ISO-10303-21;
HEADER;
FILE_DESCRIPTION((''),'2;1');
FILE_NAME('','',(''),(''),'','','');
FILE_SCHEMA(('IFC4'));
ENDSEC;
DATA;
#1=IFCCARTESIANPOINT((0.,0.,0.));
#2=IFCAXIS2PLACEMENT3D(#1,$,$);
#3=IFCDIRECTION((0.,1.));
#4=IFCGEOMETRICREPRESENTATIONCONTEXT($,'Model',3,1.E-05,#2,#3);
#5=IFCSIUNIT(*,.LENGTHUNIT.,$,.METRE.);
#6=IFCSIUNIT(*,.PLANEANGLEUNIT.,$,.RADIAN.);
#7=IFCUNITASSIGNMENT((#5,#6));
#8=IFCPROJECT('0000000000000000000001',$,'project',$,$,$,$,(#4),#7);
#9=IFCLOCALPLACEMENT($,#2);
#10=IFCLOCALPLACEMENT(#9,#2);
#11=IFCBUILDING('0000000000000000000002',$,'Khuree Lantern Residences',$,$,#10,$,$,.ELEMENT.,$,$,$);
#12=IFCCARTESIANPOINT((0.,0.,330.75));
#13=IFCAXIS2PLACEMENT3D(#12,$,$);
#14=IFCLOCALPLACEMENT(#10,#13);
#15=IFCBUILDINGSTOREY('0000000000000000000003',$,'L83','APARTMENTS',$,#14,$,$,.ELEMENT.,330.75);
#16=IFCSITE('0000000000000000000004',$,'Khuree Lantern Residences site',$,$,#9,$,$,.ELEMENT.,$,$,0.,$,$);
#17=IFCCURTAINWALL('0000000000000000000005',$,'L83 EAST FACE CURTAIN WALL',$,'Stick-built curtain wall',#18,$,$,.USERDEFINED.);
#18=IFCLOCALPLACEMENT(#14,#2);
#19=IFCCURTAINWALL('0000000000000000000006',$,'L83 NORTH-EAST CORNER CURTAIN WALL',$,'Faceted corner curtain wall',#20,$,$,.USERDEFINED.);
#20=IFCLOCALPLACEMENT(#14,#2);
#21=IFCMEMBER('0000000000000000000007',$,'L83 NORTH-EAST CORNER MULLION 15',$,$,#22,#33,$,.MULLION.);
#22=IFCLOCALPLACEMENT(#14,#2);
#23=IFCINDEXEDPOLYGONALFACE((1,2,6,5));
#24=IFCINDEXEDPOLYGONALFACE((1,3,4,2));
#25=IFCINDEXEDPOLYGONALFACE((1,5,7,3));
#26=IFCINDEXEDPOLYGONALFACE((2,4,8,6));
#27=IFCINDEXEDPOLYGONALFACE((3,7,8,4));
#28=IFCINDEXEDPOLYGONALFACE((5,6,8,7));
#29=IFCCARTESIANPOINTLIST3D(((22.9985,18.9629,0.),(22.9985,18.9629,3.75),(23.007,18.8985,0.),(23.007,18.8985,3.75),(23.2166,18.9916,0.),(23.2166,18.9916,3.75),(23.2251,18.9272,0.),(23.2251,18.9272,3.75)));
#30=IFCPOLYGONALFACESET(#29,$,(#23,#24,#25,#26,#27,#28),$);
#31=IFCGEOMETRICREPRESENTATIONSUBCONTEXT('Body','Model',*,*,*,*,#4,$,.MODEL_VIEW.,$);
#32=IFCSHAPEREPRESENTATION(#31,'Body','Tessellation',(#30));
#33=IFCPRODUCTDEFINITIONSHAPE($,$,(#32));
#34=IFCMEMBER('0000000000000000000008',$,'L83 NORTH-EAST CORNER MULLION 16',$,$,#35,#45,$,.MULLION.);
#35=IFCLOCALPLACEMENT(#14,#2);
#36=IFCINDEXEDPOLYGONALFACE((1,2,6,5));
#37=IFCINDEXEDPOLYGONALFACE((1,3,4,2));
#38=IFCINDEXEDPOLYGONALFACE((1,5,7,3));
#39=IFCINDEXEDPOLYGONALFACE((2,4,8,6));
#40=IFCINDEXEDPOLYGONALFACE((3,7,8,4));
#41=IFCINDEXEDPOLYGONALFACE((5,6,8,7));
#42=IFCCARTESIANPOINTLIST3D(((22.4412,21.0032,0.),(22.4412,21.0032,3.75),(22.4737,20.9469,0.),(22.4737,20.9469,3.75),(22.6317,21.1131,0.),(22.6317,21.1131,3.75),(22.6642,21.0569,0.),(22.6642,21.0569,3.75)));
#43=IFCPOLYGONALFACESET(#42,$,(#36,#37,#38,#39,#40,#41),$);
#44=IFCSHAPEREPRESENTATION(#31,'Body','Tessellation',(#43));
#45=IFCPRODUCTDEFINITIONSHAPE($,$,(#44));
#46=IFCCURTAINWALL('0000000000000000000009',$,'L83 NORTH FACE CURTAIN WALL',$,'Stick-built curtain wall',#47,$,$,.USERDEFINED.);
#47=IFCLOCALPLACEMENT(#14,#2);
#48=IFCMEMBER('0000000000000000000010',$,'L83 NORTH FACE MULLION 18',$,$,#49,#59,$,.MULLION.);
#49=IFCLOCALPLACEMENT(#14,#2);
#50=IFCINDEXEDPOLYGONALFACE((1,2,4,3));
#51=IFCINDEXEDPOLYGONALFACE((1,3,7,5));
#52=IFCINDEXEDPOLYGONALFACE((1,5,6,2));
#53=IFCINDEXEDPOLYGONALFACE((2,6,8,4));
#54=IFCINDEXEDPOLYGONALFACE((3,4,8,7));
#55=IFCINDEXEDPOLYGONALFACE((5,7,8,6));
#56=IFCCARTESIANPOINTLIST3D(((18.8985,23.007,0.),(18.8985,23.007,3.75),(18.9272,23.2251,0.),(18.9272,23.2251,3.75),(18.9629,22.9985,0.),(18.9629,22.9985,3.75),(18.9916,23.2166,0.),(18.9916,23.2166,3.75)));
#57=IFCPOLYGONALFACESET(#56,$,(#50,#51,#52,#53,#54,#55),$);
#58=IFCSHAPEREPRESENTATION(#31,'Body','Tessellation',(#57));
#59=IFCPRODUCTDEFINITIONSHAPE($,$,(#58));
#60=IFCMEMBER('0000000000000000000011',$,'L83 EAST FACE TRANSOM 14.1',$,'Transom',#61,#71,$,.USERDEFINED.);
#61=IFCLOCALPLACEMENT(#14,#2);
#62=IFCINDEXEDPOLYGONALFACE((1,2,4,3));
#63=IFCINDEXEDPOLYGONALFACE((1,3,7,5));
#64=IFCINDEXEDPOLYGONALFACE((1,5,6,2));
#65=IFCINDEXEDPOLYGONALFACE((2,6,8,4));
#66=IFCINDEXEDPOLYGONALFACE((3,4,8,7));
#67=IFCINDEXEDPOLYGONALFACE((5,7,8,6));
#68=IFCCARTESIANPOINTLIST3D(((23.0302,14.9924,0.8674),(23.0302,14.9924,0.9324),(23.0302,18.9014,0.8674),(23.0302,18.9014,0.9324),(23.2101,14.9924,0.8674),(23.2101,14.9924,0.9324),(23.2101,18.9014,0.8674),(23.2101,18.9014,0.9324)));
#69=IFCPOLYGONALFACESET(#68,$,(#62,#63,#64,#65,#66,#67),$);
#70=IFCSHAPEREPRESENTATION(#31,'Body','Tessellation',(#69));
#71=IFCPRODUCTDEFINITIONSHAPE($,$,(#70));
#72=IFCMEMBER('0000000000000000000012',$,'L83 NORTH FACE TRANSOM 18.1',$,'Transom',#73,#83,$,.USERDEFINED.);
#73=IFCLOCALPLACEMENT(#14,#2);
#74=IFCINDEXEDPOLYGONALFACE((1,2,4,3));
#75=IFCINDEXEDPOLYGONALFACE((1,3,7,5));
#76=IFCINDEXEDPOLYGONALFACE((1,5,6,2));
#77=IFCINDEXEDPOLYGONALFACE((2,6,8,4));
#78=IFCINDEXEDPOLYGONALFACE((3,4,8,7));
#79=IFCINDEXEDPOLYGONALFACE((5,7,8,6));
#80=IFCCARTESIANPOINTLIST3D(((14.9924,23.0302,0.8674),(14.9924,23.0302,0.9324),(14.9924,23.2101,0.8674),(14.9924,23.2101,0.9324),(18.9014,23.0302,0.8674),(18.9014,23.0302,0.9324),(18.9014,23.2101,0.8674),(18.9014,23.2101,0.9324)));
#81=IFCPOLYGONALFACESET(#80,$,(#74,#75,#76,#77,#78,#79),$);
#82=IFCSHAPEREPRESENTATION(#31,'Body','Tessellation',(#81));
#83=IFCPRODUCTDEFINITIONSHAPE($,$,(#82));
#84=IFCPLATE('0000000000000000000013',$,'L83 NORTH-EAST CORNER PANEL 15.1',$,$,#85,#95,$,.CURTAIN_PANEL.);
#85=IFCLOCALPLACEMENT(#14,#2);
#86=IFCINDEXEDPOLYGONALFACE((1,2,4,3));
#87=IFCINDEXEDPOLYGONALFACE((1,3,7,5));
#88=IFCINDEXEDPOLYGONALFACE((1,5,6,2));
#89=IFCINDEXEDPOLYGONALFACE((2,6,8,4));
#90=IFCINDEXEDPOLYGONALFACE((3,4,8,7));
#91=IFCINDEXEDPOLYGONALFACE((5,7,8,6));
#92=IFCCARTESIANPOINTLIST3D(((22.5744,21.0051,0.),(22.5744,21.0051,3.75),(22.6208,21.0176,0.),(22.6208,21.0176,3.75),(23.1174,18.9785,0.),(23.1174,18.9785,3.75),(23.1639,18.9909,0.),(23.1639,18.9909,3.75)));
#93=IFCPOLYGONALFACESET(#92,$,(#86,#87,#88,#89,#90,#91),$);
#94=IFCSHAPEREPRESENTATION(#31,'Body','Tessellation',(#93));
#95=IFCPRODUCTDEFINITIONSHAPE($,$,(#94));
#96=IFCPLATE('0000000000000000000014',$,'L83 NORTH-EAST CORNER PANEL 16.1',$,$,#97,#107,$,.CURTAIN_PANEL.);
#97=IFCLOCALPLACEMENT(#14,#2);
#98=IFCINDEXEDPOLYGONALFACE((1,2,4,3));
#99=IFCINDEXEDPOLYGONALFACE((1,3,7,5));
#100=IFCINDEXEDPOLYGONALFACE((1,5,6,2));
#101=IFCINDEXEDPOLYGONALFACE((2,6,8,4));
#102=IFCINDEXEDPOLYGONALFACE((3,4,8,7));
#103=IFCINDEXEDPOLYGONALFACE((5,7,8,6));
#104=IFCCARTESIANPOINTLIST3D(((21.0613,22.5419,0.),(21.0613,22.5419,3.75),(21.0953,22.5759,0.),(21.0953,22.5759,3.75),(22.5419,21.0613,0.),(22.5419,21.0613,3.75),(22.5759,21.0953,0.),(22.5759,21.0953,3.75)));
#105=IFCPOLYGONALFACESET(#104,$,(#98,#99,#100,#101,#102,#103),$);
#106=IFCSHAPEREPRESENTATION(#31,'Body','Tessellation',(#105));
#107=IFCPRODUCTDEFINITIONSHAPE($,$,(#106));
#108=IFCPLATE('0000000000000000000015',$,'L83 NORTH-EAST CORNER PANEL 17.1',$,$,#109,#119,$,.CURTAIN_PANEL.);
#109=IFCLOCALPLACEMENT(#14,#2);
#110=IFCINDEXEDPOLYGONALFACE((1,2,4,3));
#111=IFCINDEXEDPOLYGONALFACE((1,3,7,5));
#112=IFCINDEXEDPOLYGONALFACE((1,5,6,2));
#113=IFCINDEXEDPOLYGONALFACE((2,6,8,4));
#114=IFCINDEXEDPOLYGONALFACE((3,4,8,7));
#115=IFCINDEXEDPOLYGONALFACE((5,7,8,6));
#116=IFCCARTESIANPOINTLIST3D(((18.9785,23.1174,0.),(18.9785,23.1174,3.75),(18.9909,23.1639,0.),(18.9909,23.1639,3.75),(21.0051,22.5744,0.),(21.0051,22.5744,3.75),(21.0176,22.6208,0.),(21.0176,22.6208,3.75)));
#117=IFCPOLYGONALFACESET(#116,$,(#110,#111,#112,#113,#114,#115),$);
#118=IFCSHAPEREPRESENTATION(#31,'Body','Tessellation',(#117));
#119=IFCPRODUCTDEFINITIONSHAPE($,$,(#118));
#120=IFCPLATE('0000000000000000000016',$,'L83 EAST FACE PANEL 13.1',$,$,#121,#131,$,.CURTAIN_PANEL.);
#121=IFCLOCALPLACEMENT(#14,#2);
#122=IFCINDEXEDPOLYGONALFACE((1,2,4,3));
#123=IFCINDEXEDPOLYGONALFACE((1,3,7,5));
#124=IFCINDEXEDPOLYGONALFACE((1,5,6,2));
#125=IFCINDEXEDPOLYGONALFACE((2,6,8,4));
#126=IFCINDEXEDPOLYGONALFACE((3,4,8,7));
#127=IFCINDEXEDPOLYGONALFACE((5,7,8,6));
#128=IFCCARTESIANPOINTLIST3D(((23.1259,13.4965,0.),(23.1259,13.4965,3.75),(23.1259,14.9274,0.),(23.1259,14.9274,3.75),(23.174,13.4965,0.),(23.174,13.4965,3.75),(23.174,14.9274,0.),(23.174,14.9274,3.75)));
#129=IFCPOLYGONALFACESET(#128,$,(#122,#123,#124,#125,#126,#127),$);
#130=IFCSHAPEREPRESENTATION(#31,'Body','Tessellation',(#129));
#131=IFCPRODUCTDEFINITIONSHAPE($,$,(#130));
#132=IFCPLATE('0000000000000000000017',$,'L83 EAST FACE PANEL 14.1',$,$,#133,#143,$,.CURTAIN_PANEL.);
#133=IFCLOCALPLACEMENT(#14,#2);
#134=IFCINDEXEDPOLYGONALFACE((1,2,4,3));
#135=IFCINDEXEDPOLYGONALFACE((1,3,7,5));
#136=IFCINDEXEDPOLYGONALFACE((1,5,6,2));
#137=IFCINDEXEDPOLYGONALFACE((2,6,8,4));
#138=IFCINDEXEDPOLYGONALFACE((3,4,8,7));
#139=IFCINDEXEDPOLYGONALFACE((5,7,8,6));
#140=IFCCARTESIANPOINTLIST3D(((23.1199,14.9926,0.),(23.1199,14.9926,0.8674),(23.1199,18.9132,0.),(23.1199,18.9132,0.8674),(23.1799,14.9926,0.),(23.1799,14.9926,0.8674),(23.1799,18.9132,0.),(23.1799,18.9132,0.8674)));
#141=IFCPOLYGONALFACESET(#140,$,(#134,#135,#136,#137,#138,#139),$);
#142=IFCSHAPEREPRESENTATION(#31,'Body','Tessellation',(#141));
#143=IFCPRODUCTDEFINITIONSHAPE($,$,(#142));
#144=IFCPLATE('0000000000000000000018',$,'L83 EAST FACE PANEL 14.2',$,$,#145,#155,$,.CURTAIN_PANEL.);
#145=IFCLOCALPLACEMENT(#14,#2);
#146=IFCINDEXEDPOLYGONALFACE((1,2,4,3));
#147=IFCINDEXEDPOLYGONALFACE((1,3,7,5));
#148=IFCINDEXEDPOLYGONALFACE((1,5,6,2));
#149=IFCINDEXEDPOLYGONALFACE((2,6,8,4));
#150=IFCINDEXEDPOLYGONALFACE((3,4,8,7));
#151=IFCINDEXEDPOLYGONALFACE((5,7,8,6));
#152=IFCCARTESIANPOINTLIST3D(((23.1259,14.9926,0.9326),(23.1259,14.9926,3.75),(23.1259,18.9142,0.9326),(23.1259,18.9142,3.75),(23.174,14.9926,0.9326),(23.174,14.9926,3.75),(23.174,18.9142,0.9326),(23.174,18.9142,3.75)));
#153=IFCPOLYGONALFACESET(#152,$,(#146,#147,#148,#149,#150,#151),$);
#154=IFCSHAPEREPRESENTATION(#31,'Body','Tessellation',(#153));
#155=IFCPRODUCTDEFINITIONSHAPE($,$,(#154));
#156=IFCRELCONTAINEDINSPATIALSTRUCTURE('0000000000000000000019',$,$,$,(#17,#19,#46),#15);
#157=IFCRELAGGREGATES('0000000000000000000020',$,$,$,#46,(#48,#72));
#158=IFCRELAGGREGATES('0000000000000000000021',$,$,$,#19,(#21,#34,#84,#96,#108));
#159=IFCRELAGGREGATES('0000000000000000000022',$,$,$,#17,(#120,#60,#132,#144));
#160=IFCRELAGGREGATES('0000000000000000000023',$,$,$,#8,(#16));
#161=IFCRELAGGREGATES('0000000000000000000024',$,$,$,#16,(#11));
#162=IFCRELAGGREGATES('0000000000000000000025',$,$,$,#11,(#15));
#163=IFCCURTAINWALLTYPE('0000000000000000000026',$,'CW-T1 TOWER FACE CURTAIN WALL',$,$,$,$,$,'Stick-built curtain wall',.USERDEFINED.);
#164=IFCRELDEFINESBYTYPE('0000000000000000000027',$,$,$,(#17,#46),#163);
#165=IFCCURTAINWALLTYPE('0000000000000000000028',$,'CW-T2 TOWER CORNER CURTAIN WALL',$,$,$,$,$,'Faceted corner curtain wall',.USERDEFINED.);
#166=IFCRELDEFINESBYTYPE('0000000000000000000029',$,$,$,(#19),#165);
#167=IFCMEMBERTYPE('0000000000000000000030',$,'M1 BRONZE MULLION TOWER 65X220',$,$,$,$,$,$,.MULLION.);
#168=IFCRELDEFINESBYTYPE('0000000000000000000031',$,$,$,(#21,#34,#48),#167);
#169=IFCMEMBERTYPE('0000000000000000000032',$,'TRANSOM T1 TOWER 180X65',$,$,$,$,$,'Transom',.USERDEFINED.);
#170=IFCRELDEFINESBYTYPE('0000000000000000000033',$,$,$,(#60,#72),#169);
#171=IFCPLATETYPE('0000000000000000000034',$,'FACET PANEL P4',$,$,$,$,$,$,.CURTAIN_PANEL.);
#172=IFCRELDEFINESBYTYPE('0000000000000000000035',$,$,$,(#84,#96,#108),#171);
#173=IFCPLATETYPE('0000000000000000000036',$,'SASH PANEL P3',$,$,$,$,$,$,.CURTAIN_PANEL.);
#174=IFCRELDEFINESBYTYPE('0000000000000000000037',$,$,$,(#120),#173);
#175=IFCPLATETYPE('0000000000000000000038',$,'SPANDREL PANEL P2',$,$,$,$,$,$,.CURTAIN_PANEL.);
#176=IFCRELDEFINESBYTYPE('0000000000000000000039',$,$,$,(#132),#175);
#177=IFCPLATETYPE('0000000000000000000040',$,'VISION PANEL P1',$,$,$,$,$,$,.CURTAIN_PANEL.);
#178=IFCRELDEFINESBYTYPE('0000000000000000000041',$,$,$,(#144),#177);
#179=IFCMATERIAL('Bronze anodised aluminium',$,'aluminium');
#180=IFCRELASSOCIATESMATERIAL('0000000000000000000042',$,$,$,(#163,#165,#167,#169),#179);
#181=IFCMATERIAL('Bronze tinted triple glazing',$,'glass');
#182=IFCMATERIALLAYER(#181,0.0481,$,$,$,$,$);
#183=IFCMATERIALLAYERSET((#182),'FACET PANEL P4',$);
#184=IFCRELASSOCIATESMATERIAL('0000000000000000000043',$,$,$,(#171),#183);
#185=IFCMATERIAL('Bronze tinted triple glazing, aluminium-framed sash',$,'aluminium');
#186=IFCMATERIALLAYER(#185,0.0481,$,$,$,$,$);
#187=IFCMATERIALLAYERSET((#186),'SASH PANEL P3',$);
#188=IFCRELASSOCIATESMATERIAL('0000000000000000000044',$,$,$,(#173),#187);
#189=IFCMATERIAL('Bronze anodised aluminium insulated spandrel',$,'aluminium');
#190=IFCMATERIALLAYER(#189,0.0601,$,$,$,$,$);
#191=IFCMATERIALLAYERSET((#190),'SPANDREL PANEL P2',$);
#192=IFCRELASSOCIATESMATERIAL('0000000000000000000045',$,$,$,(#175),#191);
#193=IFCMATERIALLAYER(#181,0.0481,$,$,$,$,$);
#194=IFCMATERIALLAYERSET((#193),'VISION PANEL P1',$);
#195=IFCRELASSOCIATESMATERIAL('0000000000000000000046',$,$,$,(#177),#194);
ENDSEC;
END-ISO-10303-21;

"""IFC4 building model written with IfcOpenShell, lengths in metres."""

from ifc_helpers import new_model, si_unit, direction, frame, origin, origin_2d, place, context, subcontext, project, spatial, rectangle, extrude, material, layer, layer_set, material_profile, profile_set, type_object, element, aggregate, save


model = new_model("IFC4")

# Units and contexts
model_context = context("Model", 3, precision=1e-05, world=origin(), true_north=direction((0.0, 1.0)))
body_context = subcontext(model_context, "Body", "Model", "MODEL_VIEW")
ifc_project = project(units=[si_unit("LENGTHUNIT", "METRE"), si_unit("PLANEANGLEUNIT", "RADIAN")], contexts=[model_context])

# Site, building, storey
site_placement = place(None, origin())
site = spatial("IfcSite", under=ifc_project, at=site_placement, Name="Khuree Lantern Residences site", CompositionType="ELEMENT", RefElevation=0.0)
building_placement = place(site_placement, origin())
building = spatial("IfcBuilding", under=site, at=building_placement, Name="Khuree Lantern Residences", CompositionType="ELEMENT")
storey_placement = place(building_placement, frame((0.0, 0.0, 330.75)))
storey = spatial("IfcBuildingStorey", under=building, at=storey_placement, Name="L83", Description="APARTMENTS", CompositionType="ELEMENT", Elevation=330.75)

# Curtain walls
ifc_material_1 = material(Name="Bronze anodised aluminium", Category="aluminium")
curtain_wall_type_1 = type_object("IfcCurtainWallType", Name="CW-T1 TOWER FACE CURTAIN WALL", ElementType="Stick-built curtain wall", PredefinedType="USERDEFINED", material=ifc_material_1)
curtain_wall_1_placement = place(storey_placement, origin())
curtain_wall_1 = element("IfcCurtainWall", 1, at=curtain_wall_1_placement, inside=storey, type_object=curtain_wall_type_1, Name="L83 EAST FACE CURTAIN WALL", ObjectType="Stick-built curtain wall", PredefinedType="USERDEFINED")
curtain_wall_type_2 = type_object("IfcCurtainWallType", Name="CW-T2 TOWER CORNER CURTAIN WALL", ElementType="Faceted corner curtain wall", PredefinedType="USERDEFINED", material=ifc_material_1)
curtain_wall_2_placement = place(storey_placement, origin())
curtain_wall_2 = element("IfcCurtainWall", 2, at=curtain_wall_2_placement, inside=storey, type_object=curtain_wall_type_2, Name="L83 NORTH-EAST CORNER CURTAIN WALL", ObjectType="Faceted corner curtain wall", PredefinedType="USERDEFINED")

# Members
ifc_material_profile_1 = material_profile(ifc_material_1, rectangle(XDim=0.0649, YDim=0.22, at=origin_2d()), Name="M1 65X220")
ifc_profile_set_1 = profile_set([ifc_material_profile_1], Name="Bronze anodised aluminium")
member_type_1 = type_object("IfcMemberType", Name="M1 BRONZE MULLION TOWER 65X220", PredefinedType="MULLION", material=ifc_profile_set_1)
member_1_placement = place(storey_placement, frame((23.1118, 18.9451, 0.0), z_axis=(0.0, 0.0, 1.0), x_axis=(-0.130526, 0.991445, 0.0)))
member_1 = element("IfcMember", 3, at=member_1_placement, type_object=member_type_1, Name="L83 NORTH-EAST CORNER MULLION 15", PredefinedType="MULLION", context=body_context, shape_type="SweptSolid", body=[
    extrude(rectangle(XDim=0.0649, YDim=0.22, at=origin_2d()), origin(), (0.0, 0.0, 1.0), 3.75),
])
member_2_placement = place(storey_placement, frame((22.5527, 21.03, 0.0), z_axis=(0.0, 0.0, 1.0), x_axis=(-0.5, 0.866025, 0.0)))
member_2 = element("IfcMember", 4, at=member_2_placement, type_object=member_type_1, Name="L83 NORTH-EAST CORNER MULLION 16", PredefinedType="MULLION", context=body_context, shape_type="SweptSolid", body=[
    extrude(rectangle(XDim=0.0649, YDim=0.22, at=origin_2d()), origin(), (0.0, 0.0, 1.0), 3.75),
])

# Curtain wall, member
curtain_wall_3_placement = place(storey_placement, origin())
curtain_wall_3 = element("IfcCurtainWall", 5, at=curtain_wall_3_placement, inside=storey, type_object=curtain_wall_type_1, Name="L83 NORTH FACE CURTAIN WALL", ObjectType="Stick-built curtain wall", PredefinedType="USERDEFINED")
member_3_placement = place(storey_placement, frame((18.9451, 23.1118, 0.0), z_axis=(0.0, 0.0, 1.0), x_axis=(-0.991445, 0.130526, 0.0)))
member_3 = element("IfcMember", 6, at=member_3_placement, type_object=member_type_1, Name="L83 NORTH FACE MULLION 18", PredefinedType="MULLION", context=body_context, shape_type="SweptSolid", body=[
    extrude(rectangle(XDim=0.0649, YDim=0.22, at=origin_2d()), origin(), (0.0, 0.0, 1.0), 3.75),
])

# Members
ifc_material_profile_2 = material_profile(ifc_material_1, rectangle(XDim=0.1799, YDim=0.0649, at=origin_2d()), Name="T1 180X65")
ifc_profile_set_2 = profile_set([ifc_material_profile_2], Name="Bronze anodised aluminium")
member_type_2 = type_object("IfcMemberType", Name="TRANSOM T1 TOWER 180X65", ElementType="Transom", PredefinedType="USERDEFINED", material=ifc_profile_set_2)
member_4_placement = place(storey_placement, frame((23.1201, 14.9924, 0.8999), z_axis=(0.0, 1.0, 0.0), x_axis=(-1.0, 0.0, 0.0)))
member_4 = element("IfcMember", 7, at=member_4_placement, type_object=member_type_2, Name="L83 EAST FACE TRANSOM 14.1", ObjectType="Transom", PredefinedType="USERDEFINED", context=body_context, shape_type="SweptSolid", body=[
    extrude(rectangle(XDim=0.1799, YDim=0.0649, at=origin_2d()), origin(), (0.0, 0.0, 1.0), 3.9089),
])
member_5_placement = place(storey_placement, frame((18.9014, 23.1201, 0.8999), z_axis=(-1.0, 0.0, 0.0), x_axis=(0.0, -1.0, 0.0)))
member_5 = element("IfcMember", 8, at=member_5_placement, type_object=member_type_2, Name="L83 NORTH FACE TRANSOM 18.1", ObjectType="Transom", PredefinedType="USERDEFINED", context=body_context, shape_type="SweptSolid", body=[
    extrude(rectangle(XDim=0.1799, YDim=0.0649, at=origin_2d()), origin(), (0.0, 0.0, 1.0), 3.9089),
])
aggregate(curtain_wall_3, [member_3, member_5])

# Plates
ifc_material_2 = material(Name="Bronze tinted triple glazing", Category="glass")
ifc_layer_1 = layer(ifc_material_2, 0.0481)
ifc_layer_set_1 = layer_set([ifc_layer_1], Name="FACET PANEL P4")
plate_type_1 = type_object("IfcPlateType", Name="FACET PANEL P4", PredefinedType="CURTAIN_PANEL", material=ifc_layer_set_1)
plate_1_placement = place(storey_placement, frame((22.8691, 19.998, 0.0), z_axis=(0.0, 0.0, 1.0), x_axis=(-0.258819, 0.965926, 0.0)))
plate_1 = element("IfcPlate", 9, at=plate_1_placement, type_object=plate_type_1, Name="L83 NORTH-EAST CORNER PANEL 15.1", PredefinedType="CURTAIN_PANEL", context=body_context, shape_type="SweptSolid", body=[
    extrude(rectangle(XDim=2.0981, YDim=0.0481, at=origin_2d()), origin(), (0.0, 0.0, 1.0), 3.75),
])
plate_2_placement = place(storey_placement, frame((21.8186, 21.8186, 0.0), z_axis=(0.0, 0.0, 1.0), x_axis=(-0.707107, 0.707107, 0.0)))
plate_2 = element("IfcPlate", 10, at=plate_2_placement, type_object=plate_type_1, Name="L83 NORTH-EAST CORNER PANEL 16.1", PredefinedType="CURTAIN_PANEL", context=body_context, shape_type="SweptSolid", body=[
    extrude(rectangle(XDim=2.094, YDim=0.0481, at=origin_2d()), origin(), (0.0, 0.0, 1.0), 3.75),
])
plate_3_placement = place(storey_placement, frame((19.998, 22.8691, 0.0), z_axis=(0.0, 0.0, 1.0), x_axis=(-0.965926, 0.258819, 0.0)))
plate_3 = element("IfcPlate", 11, at=plate_3_placement, type_object=plate_type_1, Name="L83 NORTH-EAST CORNER PANEL 17.1", PredefinedType="CURTAIN_PANEL", context=body_context, shape_type="SweptSolid", body=[
    extrude(rectangle(XDim=2.0981, YDim=0.0481, at=origin_2d()), origin(), (0.0, 0.0, 1.0), 3.75),
])
aggregate(curtain_wall_2, [member_1, member_2, plate_1, plate_2, plate_3])
ifc_material_3 = material(Name="Bronze tinted triple glazing, aluminium-framed sash", Category="aluminium")
ifc_layer_2 = layer(ifc_material_3, 0.0481)
ifc_layer_set_2 = layer_set([ifc_layer_2], Name="SASH PANEL P3")
plate_type_2 = type_object("IfcPlateType", Name="SASH PANEL P3", PredefinedType="CURTAIN_PANEL", material=ifc_layer_set_2)
plate_4_placement = place(storey_placement, frame((23.1499, 14.2119, 0.0), z_axis=(0.0, 0.0, 1.0), x_axis=(0.0, 1.0, 0.0)))
plate_4 = element("IfcPlate", 12, at=plate_4_placement, type_object=plate_type_2, Name="L83 EAST FACE PANEL 13.1", PredefinedType="CURTAIN_PANEL", context=body_context, shape_type="SweptSolid", body=[
    extrude(rectangle(XDim=1.4309, YDim=0.0481, at=origin_2d()), origin(), (0.0, 0.0, 1.0), 3.75),
])
ifc_material_4 = material(Name="Bronze anodised aluminium insulated spandrel", Category="aluminium")
ifc_layer_3 = layer(ifc_material_4, 0.0601)
ifc_layer_set_3 = layer_set([ifc_layer_3], Name="SPANDREL PANEL P2")
plate_type_3 = type_object("IfcPlateType", Name="SPANDREL PANEL P2", PredefinedType="CURTAIN_PANEL", material=ifc_layer_set_3)
plate_5_placement = place(storey_placement, frame((23.1499, 16.9529, 0.0), z_axis=(0.0, 0.0, 1.0), x_axis=(0.0, 1.0, 0.0)))
plate_5 = element("IfcPlate", 13, at=plate_5_placement, type_object=plate_type_3, Name="L83 EAST FACE PANEL 14.1", PredefinedType="CURTAIN_PANEL", context=body_context, shape_type="SweptSolid", body=[
    extrude(rectangle(XDim=3.9207, YDim=0.0601, at=origin_2d()), origin(), (0.0, 0.0, 1.0), 0.8674),
])
ifc_layer_4 = layer(ifc_material_2, 0.0481)
ifc_layer_set_4 = layer_set([ifc_layer_4], Name="VISION PANEL P1")
plate_type_4 = type_object("IfcPlateType", Name="VISION PANEL P1", PredefinedType="CURTAIN_PANEL", material=ifc_layer_set_4)
plate_6_placement = place(storey_placement, frame((23.1499, 16.9534, 0.9326), z_axis=(0.0, 0.0, 1.0), x_axis=(0.0, 1.0, 0.0)))
plate_6 = element("IfcPlate", 14, at=plate_6_placement, type_object=plate_type_4, Name="L83 EAST FACE PANEL 14.2", PredefinedType="CURTAIN_PANEL", context=body_context, shape_type="SweptSolid", body=[
    extrude(rectangle(XDim=3.9216, YDim=0.0481, at=origin_2d()), origin(), (0.0, 0.0, 1.0), 2.8174),
])
aggregate(curtain_wall_1, [plate_4, member_4, plate_5, plate_6])

save(model, "model.ifc")
